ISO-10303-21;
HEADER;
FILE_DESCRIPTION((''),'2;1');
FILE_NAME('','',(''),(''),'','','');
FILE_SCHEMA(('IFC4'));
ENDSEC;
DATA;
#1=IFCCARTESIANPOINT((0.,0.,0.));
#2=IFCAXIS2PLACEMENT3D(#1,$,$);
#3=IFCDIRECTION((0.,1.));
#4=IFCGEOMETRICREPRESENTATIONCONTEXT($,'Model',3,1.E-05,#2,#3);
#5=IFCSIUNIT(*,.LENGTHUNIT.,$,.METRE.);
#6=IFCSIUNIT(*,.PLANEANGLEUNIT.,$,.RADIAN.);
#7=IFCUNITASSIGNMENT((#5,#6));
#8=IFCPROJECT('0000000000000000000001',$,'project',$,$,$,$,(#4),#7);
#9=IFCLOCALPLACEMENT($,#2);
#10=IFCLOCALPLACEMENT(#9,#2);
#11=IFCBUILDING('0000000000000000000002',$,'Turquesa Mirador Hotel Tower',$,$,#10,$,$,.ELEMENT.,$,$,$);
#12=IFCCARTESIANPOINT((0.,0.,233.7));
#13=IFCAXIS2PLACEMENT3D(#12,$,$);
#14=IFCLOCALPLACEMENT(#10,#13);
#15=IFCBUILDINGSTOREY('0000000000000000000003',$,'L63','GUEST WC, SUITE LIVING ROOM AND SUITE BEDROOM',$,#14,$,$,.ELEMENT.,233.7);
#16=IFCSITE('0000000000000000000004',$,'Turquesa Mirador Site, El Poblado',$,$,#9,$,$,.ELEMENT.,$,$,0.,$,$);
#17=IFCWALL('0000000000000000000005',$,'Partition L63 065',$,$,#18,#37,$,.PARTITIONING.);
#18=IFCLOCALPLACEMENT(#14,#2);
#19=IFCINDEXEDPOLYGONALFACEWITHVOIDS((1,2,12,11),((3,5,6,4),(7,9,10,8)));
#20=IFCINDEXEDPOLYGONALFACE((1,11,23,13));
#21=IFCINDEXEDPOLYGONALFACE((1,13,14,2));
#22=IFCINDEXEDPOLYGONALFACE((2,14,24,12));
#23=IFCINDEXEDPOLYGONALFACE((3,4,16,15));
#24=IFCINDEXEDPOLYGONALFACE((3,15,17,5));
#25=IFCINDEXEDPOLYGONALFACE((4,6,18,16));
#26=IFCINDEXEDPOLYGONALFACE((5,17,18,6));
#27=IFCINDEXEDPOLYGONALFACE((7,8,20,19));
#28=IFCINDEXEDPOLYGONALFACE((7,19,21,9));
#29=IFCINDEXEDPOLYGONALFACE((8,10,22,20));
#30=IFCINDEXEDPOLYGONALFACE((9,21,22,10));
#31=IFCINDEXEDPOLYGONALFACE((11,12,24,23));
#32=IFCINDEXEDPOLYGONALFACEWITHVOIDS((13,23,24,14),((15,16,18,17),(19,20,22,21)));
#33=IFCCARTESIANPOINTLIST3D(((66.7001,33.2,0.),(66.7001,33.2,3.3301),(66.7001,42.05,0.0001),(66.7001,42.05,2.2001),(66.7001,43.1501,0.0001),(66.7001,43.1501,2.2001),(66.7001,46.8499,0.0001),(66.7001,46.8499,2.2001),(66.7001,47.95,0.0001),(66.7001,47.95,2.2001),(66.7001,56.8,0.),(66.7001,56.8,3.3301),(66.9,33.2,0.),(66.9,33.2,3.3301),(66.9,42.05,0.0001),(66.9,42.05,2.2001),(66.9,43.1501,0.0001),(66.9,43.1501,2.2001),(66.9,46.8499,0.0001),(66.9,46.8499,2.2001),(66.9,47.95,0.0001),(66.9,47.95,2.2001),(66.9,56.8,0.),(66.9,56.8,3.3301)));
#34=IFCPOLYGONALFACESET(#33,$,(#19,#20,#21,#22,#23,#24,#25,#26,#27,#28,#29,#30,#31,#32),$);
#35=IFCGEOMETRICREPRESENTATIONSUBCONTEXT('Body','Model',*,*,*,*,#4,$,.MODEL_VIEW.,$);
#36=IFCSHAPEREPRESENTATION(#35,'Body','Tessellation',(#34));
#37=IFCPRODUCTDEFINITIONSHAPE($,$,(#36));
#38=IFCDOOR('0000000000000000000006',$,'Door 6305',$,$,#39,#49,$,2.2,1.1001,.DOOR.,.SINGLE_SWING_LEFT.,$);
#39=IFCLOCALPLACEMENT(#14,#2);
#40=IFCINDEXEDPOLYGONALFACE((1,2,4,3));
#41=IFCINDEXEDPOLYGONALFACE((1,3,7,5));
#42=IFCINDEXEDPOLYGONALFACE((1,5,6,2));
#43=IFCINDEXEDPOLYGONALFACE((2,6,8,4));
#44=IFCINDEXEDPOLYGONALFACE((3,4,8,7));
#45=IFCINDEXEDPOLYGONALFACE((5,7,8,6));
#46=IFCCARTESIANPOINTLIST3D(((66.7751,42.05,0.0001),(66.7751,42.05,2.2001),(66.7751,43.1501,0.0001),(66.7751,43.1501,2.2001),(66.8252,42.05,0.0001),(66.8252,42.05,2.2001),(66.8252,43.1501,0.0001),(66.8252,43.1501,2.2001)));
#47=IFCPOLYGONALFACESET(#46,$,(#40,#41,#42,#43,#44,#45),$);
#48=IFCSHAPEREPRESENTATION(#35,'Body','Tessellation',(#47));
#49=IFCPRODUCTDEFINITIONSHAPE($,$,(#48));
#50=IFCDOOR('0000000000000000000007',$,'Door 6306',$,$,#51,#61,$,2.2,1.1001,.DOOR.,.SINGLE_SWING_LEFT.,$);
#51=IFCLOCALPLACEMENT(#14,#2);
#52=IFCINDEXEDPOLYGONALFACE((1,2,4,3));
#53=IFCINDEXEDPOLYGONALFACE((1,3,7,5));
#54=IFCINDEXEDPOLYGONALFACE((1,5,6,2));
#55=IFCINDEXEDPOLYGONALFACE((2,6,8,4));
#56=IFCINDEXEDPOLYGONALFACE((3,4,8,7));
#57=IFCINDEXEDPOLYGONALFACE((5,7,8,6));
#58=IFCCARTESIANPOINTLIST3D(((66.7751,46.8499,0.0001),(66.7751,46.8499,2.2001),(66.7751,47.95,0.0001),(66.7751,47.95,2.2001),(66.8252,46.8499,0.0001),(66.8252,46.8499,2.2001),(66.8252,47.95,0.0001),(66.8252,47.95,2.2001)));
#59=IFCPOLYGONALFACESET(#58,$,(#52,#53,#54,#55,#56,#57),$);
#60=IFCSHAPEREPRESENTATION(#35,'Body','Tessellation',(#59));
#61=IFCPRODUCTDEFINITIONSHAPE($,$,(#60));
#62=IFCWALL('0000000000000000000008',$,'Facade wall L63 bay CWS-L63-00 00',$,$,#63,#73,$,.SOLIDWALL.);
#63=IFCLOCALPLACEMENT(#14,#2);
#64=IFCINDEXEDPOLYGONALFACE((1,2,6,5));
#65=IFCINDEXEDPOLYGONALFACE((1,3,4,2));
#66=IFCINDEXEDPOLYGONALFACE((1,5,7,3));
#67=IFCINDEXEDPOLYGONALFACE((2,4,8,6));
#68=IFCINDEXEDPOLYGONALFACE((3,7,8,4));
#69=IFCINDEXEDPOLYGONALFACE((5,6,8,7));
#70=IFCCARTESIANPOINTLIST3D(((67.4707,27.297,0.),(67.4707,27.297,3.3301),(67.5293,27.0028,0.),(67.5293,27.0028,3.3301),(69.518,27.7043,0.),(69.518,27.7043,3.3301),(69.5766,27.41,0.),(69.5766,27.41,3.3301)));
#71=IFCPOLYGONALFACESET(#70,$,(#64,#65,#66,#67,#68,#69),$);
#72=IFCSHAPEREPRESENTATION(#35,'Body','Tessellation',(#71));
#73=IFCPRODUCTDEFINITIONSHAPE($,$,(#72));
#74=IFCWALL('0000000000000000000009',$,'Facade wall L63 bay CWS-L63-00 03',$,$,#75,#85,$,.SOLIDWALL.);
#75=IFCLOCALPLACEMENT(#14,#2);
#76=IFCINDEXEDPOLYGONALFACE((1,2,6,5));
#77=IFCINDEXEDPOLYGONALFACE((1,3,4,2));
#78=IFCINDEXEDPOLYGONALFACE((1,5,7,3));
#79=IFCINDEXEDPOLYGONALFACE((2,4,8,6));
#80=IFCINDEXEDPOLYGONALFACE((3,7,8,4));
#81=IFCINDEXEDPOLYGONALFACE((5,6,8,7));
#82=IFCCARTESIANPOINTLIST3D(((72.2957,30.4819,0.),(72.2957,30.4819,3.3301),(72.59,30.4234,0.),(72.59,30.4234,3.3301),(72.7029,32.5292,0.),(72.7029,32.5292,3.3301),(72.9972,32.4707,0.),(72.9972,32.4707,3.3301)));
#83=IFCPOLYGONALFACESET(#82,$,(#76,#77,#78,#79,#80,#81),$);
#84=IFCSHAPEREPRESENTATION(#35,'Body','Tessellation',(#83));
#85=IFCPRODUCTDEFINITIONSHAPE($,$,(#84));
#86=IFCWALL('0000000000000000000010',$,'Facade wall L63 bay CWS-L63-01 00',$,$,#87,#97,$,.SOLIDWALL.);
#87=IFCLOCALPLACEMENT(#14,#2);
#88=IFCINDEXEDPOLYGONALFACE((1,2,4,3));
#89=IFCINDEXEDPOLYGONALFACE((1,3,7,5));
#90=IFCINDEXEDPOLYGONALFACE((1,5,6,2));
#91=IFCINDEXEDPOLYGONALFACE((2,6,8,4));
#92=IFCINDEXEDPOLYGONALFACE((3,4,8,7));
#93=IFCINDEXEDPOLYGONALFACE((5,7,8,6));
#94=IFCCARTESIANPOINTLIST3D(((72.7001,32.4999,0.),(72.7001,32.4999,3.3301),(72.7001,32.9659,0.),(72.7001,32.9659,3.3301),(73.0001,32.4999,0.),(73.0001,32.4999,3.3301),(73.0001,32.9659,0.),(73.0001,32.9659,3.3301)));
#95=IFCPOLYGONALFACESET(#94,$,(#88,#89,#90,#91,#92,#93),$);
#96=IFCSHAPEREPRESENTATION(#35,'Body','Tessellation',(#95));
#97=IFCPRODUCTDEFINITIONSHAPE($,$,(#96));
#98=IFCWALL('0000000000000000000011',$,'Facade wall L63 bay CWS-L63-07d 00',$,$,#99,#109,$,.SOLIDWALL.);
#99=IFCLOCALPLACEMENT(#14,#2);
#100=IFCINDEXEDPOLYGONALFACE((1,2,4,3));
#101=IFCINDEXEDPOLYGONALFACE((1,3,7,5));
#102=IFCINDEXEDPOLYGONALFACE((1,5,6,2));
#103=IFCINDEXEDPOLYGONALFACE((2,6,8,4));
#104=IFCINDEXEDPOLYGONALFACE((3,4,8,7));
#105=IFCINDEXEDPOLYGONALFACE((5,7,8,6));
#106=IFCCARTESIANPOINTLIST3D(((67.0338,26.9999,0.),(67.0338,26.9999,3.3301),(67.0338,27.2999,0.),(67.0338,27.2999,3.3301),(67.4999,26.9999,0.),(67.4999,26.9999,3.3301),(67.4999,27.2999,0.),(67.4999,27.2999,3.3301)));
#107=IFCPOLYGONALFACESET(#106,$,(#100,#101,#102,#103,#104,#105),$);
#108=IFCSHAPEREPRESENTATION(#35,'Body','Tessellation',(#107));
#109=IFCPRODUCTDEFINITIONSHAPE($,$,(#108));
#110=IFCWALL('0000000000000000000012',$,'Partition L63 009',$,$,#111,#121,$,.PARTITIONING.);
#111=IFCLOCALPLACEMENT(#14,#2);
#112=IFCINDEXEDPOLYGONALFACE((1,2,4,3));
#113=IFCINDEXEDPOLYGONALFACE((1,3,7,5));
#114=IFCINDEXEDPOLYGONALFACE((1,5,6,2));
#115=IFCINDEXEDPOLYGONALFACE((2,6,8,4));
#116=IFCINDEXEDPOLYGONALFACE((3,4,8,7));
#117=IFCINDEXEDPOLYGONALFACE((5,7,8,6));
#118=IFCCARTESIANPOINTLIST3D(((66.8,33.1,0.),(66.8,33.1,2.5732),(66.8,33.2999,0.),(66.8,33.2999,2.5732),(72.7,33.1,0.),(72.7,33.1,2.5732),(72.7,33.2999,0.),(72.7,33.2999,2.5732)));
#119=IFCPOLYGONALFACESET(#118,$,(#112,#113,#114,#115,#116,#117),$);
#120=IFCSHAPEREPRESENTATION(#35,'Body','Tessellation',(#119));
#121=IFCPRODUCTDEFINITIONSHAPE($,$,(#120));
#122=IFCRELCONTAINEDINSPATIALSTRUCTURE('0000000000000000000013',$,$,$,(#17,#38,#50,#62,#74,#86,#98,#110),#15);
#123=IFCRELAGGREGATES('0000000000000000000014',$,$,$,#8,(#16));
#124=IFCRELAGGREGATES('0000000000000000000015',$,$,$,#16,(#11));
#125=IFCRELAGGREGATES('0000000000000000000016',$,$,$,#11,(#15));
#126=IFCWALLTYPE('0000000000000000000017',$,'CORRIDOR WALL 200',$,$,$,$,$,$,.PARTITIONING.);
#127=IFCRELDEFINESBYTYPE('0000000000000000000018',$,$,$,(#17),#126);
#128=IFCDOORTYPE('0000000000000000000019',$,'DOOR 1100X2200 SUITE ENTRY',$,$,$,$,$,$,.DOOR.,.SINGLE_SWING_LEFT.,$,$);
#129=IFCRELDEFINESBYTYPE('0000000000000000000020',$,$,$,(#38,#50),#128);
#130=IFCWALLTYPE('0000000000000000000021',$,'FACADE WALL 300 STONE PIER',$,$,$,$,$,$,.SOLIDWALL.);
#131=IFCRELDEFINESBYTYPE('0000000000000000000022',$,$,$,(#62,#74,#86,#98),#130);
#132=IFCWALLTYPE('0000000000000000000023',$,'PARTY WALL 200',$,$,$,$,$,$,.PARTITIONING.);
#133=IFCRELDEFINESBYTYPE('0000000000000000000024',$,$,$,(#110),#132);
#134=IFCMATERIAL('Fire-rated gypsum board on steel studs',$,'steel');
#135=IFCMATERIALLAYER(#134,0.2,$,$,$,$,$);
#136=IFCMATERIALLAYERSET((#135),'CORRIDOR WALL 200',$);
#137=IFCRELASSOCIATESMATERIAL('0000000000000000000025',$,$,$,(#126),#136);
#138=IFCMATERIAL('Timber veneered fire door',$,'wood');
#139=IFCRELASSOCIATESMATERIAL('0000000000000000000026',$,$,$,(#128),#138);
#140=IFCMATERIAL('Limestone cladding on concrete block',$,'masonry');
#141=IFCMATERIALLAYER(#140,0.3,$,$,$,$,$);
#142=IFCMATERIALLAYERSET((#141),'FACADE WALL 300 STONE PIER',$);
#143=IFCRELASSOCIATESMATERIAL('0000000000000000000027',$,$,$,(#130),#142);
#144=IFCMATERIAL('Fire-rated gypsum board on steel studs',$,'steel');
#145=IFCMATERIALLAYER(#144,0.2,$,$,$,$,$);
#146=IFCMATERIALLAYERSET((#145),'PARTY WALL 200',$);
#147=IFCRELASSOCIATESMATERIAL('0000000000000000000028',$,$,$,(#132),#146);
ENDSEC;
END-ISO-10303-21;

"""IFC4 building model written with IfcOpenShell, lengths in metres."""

from ifc_helpers import new_model, si_unit, direction, frame, frame_2d, origin, place, context, subcontext, project, spatial, rectangle, extrude, material, layer, layer_set, type_object, element, fill, save


model = new_model("IFC4")

# Units and contexts
model_context = context("Model", 3, precision=1e-05, world=origin(), true_north=direction((0.0, 1.0)))
body_context = subcontext(model_context, "Body", "Model", "MODEL_VIEW")
ifc_project = project(units=[si_unit("LENGTHUNIT", "METRE"), si_unit("PLANEANGLEUNIT", "RADIAN")], contexts=[model_context])

# Site, building, storey
site_placement = place(None, origin())
site = spatial("IfcSite", under=ifc_project, at=site_placement, Name="Turquesa Mirador Site, El Poblado", CompositionType="ELEMENT", RefElevation=0.0)
building_placement = place(site_placement, origin())
building = spatial("IfcBuilding", under=site, at=building_placement, Name="Turquesa Mirador Hotel Tower", CompositionType="ELEMENT")
storey_placement = place(building_placement, frame((0.0, 0.0, 233.7)))
storey = spatial("IfcBuildingStorey", under=building, at=storey_placement, Name="L63", Description="GUEST WC, SUITE LIVING ROOM AND SUITE BEDROOM", CompositionType="ELEMENT", Elevation=233.7)

# Wall, openings, doors
ifc_material_1 = material(Name="Fire-rated gypsum board on steel studs", Category="steel")
ifc_layer_1 = layer(ifc_material_1, 0.2)
ifc_layer_set_1 = layer_set([ifc_layer_1], Name="CORRIDOR WALL 200")
wall_type_1 = type_object("IfcWallType", Name="CORRIDOR WALL 200", PredefinedType="PARTITIONING", material=ifc_layer_set_1)
wall_1_placement = place(storey_placement, frame((66.8, 33.2, 0.0), z_axis=(0.0, 0.0, 1.0), x_axis=(0.0, 1.0, 0.0)))
wall_1 = element("IfcWall", 1, at=wall_1_placement, inside=storey, type_object=wall_type_1, Name="Partition L63 065", PredefinedType="PARTITIONING", context=body_context, shape_type="SweptSolid", body=[
    extrude(rectangle(XDim=23.6001, YDim=0.2, at=frame_2d((11.8, 0.0))), origin(), (0.0, 0.0, 1.0), 3.3301),
])
opening_1_placement = place(wall_1_placement, frame((8.8501, 0.0, 0.0)))
opening_1 = element("IfcOpeningElement", 2, at=opening_1_placement, cuts=wall_1, PredefinedType="OPENING", context=body_context, shape_type="SweptSolid", body=[
    extrude(rectangle(XDim=1.1001, YDim=2.2, at=frame_2d((0.55, 1.1001))), frame((0.0, 0.1099, 0.0), z_axis=(0.0, -1.0, 0.0), x_axis=(1.0, 0.0, 0.0)), (0.0, 0.0, 1.0), 0.22),
])
opening_2_placement = place(wall_1_placement, frame((13.6499, 0.0, 0.0)))
opening_2 = element("IfcOpeningElement", 3, at=opening_2_placement, cuts=wall_1, PredefinedType="OPENING", context=body_context, shape_type="SweptSolid", body=[
    extrude(rectangle(XDim=1.1001, YDim=2.2, at=frame_2d((0.55, 1.1001))), frame((0.0, 0.1099, 0.0), z_axis=(0.0, -1.0, 0.0), x_axis=(1.0, 0.0, 0.0)), (0.0, 0.0, 1.0), 0.22),
])
ifc_material_2 = material(Name="Timber veneered fire door", Category="wood")
door_type = type_object("IfcDoorType", Name="DOOR 1100X2200 SUITE ENTRY", OperationType="SINGLE_SWING_LEFT", PredefinedType="DOOR", material=ifc_material_2)
door_1_placement = place(opening_1_placement, origin())
door_1 = element("IfcDoor", 4, at=door_1_placement, inside=storey, type_object=door_type, Name="Door 6305", OperationType="SINGLE_SWING_LEFT", OverallHeight=2.2, OverallWidth=1.1001, PredefinedType="DOOR", context=body_context, shape_type="SweptSolid", body=[
    extrude(rectangle(XDim=1.1001, YDim=2.2, at=frame_2d((0.55, 1.1001))), frame((0.0, 0.0249, 0.0), z_axis=(0.0, -1.0, 0.0), x_axis=(1.0, 0.0, 0.0)), (0.0, 0.0, 1.0), 0.05),
])
fill(opening_1, door_1)
door_2_placement = place(opening_2_placement, origin())
door_2 = element("IfcDoor", 5, at=door_2_placement, inside=storey, type_object=door_type, Name="Door 6306", OperationType="SINGLE_SWING_LEFT", OverallHeight=2.2, OverallWidth=1.1001, PredefinedType="DOOR", context=body_context, shape_type="SweptSolid", body=[
    extrude(rectangle(XDim=1.1001, YDim=2.2, at=frame_2d((0.55, 1.1001))), frame((0.0, 0.0249, 0.0), z_axis=(0.0, -1.0, 0.0), x_axis=(1.0, 0.0, 0.0)), (0.0, 0.0, 1.0), 0.05),
])
fill(opening_2, door_2)

# Walls
ifc_material_3 = material(Name="Limestone cladding on concrete block", Category="masonry")
ifc_layer_2 = layer(ifc_material_3, 0.3)
ifc_layer_set_2 = layer_set([ifc_layer_2], Name="FACADE WALL 300 STONE PIER")
wall_type_2 = type_object("IfcWallType", Name="FACADE WALL 300 STONE PIER", PredefinedType="SOLIDWALL", material=ifc_layer_set_2)
for number, where, z_axis, x_axis, name in (
    (6, (67.5, 27.1499, 0.0), (0.0, 0.0, 1.0), (0.980787, 0.195081, 0.0), "Facade wall L63 bay CWS-L63-00 00"),
    (7, (72.4429, 30.4526, 0.0), (0.0, 0.0, 1.0), (0.195081, 0.980787, 0.0), "Facade wall L63 bay CWS-L63-00 03"),
):
    element("IfcWall", number, at=place(storey_placement, frame(where, z_axis=z_axis, x_axis=x_axis)), inside=storey, type_object=wall_type_2, Name=name, PredefinedType="SOLIDWALL", context=body_context, shape_type="SweptSolid", body=[
        extrude(rectangle(XDim=2.0874, YDim=0.3, at=frame_2d((1.0437, 0.0))), origin(), (0.0, 0.0, 1.0), 3.3301),
    ])
for number, where, z_axis, x_axis, name in (
    (8, (72.8501, 32.5, 0.0), (0.0, 0.0, 1.0), (0.0, 1.0, 0.0), "Facade wall L63 bay CWS-L63-01 00"),
    (9, (67.0339, 27.1499, 0.0), (0.0, 0.0, 1.0), (1.0, 0.0, 0.0), "Facade wall L63 bay CWS-L63-07d 00"),
):
    element("IfcWall", number, at=place(storey_placement, frame(where, z_axis=z_axis, x_axis=x_axis)), inside=storey, type_object=wall_type_2, Name=name, PredefinedType="SOLIDWALL", context=body_context, shape_type="SweptSolid", body=[
        extrude(rectangle(XDim=0.4661, YDim=0.3, at=frame_2d((0.2329, 0.0))), origin(), (0.0, 0.0, 1.0), 3.3301),
    ])
ifc_material_4 = material(Name="Fire-rated gypsum board on steel studs", Category="steel")
ifc_layer_3 = layer(ifc_material_4, 0.2)
ifc_layer_set_3 = layer_set([ifc_layer_3], Name="PARTY WALL 200")
wall_type_3 = type_object("IfcWallType", Name="PARTY WALL 200", PredefinedType="PARTITIONING", material=ifc_layer_set_3)
wall_2_placement = place(storey_placement, frame((66.8, 33.2, 0.0), z_axis=(0.0, 0.0, 1.0), x_axis=(1.0, 0.0, 0.0)))
element("IfcWall", 10, at=wall_2_placement, inside=storey, type_object=wall_type_3, Name="Partition L63 009", PredefinedType="PARTITIONING", context=body_context, shape_type="SweptSolid", body=[
    extrude(rectangle(XDim=5.8999, YDim=0.2, at=frame_2d((2.95, 0.0))), origin(), (0.0, 0.0, 1.0), 2.5732),
])

save(model, "model.ifc")
